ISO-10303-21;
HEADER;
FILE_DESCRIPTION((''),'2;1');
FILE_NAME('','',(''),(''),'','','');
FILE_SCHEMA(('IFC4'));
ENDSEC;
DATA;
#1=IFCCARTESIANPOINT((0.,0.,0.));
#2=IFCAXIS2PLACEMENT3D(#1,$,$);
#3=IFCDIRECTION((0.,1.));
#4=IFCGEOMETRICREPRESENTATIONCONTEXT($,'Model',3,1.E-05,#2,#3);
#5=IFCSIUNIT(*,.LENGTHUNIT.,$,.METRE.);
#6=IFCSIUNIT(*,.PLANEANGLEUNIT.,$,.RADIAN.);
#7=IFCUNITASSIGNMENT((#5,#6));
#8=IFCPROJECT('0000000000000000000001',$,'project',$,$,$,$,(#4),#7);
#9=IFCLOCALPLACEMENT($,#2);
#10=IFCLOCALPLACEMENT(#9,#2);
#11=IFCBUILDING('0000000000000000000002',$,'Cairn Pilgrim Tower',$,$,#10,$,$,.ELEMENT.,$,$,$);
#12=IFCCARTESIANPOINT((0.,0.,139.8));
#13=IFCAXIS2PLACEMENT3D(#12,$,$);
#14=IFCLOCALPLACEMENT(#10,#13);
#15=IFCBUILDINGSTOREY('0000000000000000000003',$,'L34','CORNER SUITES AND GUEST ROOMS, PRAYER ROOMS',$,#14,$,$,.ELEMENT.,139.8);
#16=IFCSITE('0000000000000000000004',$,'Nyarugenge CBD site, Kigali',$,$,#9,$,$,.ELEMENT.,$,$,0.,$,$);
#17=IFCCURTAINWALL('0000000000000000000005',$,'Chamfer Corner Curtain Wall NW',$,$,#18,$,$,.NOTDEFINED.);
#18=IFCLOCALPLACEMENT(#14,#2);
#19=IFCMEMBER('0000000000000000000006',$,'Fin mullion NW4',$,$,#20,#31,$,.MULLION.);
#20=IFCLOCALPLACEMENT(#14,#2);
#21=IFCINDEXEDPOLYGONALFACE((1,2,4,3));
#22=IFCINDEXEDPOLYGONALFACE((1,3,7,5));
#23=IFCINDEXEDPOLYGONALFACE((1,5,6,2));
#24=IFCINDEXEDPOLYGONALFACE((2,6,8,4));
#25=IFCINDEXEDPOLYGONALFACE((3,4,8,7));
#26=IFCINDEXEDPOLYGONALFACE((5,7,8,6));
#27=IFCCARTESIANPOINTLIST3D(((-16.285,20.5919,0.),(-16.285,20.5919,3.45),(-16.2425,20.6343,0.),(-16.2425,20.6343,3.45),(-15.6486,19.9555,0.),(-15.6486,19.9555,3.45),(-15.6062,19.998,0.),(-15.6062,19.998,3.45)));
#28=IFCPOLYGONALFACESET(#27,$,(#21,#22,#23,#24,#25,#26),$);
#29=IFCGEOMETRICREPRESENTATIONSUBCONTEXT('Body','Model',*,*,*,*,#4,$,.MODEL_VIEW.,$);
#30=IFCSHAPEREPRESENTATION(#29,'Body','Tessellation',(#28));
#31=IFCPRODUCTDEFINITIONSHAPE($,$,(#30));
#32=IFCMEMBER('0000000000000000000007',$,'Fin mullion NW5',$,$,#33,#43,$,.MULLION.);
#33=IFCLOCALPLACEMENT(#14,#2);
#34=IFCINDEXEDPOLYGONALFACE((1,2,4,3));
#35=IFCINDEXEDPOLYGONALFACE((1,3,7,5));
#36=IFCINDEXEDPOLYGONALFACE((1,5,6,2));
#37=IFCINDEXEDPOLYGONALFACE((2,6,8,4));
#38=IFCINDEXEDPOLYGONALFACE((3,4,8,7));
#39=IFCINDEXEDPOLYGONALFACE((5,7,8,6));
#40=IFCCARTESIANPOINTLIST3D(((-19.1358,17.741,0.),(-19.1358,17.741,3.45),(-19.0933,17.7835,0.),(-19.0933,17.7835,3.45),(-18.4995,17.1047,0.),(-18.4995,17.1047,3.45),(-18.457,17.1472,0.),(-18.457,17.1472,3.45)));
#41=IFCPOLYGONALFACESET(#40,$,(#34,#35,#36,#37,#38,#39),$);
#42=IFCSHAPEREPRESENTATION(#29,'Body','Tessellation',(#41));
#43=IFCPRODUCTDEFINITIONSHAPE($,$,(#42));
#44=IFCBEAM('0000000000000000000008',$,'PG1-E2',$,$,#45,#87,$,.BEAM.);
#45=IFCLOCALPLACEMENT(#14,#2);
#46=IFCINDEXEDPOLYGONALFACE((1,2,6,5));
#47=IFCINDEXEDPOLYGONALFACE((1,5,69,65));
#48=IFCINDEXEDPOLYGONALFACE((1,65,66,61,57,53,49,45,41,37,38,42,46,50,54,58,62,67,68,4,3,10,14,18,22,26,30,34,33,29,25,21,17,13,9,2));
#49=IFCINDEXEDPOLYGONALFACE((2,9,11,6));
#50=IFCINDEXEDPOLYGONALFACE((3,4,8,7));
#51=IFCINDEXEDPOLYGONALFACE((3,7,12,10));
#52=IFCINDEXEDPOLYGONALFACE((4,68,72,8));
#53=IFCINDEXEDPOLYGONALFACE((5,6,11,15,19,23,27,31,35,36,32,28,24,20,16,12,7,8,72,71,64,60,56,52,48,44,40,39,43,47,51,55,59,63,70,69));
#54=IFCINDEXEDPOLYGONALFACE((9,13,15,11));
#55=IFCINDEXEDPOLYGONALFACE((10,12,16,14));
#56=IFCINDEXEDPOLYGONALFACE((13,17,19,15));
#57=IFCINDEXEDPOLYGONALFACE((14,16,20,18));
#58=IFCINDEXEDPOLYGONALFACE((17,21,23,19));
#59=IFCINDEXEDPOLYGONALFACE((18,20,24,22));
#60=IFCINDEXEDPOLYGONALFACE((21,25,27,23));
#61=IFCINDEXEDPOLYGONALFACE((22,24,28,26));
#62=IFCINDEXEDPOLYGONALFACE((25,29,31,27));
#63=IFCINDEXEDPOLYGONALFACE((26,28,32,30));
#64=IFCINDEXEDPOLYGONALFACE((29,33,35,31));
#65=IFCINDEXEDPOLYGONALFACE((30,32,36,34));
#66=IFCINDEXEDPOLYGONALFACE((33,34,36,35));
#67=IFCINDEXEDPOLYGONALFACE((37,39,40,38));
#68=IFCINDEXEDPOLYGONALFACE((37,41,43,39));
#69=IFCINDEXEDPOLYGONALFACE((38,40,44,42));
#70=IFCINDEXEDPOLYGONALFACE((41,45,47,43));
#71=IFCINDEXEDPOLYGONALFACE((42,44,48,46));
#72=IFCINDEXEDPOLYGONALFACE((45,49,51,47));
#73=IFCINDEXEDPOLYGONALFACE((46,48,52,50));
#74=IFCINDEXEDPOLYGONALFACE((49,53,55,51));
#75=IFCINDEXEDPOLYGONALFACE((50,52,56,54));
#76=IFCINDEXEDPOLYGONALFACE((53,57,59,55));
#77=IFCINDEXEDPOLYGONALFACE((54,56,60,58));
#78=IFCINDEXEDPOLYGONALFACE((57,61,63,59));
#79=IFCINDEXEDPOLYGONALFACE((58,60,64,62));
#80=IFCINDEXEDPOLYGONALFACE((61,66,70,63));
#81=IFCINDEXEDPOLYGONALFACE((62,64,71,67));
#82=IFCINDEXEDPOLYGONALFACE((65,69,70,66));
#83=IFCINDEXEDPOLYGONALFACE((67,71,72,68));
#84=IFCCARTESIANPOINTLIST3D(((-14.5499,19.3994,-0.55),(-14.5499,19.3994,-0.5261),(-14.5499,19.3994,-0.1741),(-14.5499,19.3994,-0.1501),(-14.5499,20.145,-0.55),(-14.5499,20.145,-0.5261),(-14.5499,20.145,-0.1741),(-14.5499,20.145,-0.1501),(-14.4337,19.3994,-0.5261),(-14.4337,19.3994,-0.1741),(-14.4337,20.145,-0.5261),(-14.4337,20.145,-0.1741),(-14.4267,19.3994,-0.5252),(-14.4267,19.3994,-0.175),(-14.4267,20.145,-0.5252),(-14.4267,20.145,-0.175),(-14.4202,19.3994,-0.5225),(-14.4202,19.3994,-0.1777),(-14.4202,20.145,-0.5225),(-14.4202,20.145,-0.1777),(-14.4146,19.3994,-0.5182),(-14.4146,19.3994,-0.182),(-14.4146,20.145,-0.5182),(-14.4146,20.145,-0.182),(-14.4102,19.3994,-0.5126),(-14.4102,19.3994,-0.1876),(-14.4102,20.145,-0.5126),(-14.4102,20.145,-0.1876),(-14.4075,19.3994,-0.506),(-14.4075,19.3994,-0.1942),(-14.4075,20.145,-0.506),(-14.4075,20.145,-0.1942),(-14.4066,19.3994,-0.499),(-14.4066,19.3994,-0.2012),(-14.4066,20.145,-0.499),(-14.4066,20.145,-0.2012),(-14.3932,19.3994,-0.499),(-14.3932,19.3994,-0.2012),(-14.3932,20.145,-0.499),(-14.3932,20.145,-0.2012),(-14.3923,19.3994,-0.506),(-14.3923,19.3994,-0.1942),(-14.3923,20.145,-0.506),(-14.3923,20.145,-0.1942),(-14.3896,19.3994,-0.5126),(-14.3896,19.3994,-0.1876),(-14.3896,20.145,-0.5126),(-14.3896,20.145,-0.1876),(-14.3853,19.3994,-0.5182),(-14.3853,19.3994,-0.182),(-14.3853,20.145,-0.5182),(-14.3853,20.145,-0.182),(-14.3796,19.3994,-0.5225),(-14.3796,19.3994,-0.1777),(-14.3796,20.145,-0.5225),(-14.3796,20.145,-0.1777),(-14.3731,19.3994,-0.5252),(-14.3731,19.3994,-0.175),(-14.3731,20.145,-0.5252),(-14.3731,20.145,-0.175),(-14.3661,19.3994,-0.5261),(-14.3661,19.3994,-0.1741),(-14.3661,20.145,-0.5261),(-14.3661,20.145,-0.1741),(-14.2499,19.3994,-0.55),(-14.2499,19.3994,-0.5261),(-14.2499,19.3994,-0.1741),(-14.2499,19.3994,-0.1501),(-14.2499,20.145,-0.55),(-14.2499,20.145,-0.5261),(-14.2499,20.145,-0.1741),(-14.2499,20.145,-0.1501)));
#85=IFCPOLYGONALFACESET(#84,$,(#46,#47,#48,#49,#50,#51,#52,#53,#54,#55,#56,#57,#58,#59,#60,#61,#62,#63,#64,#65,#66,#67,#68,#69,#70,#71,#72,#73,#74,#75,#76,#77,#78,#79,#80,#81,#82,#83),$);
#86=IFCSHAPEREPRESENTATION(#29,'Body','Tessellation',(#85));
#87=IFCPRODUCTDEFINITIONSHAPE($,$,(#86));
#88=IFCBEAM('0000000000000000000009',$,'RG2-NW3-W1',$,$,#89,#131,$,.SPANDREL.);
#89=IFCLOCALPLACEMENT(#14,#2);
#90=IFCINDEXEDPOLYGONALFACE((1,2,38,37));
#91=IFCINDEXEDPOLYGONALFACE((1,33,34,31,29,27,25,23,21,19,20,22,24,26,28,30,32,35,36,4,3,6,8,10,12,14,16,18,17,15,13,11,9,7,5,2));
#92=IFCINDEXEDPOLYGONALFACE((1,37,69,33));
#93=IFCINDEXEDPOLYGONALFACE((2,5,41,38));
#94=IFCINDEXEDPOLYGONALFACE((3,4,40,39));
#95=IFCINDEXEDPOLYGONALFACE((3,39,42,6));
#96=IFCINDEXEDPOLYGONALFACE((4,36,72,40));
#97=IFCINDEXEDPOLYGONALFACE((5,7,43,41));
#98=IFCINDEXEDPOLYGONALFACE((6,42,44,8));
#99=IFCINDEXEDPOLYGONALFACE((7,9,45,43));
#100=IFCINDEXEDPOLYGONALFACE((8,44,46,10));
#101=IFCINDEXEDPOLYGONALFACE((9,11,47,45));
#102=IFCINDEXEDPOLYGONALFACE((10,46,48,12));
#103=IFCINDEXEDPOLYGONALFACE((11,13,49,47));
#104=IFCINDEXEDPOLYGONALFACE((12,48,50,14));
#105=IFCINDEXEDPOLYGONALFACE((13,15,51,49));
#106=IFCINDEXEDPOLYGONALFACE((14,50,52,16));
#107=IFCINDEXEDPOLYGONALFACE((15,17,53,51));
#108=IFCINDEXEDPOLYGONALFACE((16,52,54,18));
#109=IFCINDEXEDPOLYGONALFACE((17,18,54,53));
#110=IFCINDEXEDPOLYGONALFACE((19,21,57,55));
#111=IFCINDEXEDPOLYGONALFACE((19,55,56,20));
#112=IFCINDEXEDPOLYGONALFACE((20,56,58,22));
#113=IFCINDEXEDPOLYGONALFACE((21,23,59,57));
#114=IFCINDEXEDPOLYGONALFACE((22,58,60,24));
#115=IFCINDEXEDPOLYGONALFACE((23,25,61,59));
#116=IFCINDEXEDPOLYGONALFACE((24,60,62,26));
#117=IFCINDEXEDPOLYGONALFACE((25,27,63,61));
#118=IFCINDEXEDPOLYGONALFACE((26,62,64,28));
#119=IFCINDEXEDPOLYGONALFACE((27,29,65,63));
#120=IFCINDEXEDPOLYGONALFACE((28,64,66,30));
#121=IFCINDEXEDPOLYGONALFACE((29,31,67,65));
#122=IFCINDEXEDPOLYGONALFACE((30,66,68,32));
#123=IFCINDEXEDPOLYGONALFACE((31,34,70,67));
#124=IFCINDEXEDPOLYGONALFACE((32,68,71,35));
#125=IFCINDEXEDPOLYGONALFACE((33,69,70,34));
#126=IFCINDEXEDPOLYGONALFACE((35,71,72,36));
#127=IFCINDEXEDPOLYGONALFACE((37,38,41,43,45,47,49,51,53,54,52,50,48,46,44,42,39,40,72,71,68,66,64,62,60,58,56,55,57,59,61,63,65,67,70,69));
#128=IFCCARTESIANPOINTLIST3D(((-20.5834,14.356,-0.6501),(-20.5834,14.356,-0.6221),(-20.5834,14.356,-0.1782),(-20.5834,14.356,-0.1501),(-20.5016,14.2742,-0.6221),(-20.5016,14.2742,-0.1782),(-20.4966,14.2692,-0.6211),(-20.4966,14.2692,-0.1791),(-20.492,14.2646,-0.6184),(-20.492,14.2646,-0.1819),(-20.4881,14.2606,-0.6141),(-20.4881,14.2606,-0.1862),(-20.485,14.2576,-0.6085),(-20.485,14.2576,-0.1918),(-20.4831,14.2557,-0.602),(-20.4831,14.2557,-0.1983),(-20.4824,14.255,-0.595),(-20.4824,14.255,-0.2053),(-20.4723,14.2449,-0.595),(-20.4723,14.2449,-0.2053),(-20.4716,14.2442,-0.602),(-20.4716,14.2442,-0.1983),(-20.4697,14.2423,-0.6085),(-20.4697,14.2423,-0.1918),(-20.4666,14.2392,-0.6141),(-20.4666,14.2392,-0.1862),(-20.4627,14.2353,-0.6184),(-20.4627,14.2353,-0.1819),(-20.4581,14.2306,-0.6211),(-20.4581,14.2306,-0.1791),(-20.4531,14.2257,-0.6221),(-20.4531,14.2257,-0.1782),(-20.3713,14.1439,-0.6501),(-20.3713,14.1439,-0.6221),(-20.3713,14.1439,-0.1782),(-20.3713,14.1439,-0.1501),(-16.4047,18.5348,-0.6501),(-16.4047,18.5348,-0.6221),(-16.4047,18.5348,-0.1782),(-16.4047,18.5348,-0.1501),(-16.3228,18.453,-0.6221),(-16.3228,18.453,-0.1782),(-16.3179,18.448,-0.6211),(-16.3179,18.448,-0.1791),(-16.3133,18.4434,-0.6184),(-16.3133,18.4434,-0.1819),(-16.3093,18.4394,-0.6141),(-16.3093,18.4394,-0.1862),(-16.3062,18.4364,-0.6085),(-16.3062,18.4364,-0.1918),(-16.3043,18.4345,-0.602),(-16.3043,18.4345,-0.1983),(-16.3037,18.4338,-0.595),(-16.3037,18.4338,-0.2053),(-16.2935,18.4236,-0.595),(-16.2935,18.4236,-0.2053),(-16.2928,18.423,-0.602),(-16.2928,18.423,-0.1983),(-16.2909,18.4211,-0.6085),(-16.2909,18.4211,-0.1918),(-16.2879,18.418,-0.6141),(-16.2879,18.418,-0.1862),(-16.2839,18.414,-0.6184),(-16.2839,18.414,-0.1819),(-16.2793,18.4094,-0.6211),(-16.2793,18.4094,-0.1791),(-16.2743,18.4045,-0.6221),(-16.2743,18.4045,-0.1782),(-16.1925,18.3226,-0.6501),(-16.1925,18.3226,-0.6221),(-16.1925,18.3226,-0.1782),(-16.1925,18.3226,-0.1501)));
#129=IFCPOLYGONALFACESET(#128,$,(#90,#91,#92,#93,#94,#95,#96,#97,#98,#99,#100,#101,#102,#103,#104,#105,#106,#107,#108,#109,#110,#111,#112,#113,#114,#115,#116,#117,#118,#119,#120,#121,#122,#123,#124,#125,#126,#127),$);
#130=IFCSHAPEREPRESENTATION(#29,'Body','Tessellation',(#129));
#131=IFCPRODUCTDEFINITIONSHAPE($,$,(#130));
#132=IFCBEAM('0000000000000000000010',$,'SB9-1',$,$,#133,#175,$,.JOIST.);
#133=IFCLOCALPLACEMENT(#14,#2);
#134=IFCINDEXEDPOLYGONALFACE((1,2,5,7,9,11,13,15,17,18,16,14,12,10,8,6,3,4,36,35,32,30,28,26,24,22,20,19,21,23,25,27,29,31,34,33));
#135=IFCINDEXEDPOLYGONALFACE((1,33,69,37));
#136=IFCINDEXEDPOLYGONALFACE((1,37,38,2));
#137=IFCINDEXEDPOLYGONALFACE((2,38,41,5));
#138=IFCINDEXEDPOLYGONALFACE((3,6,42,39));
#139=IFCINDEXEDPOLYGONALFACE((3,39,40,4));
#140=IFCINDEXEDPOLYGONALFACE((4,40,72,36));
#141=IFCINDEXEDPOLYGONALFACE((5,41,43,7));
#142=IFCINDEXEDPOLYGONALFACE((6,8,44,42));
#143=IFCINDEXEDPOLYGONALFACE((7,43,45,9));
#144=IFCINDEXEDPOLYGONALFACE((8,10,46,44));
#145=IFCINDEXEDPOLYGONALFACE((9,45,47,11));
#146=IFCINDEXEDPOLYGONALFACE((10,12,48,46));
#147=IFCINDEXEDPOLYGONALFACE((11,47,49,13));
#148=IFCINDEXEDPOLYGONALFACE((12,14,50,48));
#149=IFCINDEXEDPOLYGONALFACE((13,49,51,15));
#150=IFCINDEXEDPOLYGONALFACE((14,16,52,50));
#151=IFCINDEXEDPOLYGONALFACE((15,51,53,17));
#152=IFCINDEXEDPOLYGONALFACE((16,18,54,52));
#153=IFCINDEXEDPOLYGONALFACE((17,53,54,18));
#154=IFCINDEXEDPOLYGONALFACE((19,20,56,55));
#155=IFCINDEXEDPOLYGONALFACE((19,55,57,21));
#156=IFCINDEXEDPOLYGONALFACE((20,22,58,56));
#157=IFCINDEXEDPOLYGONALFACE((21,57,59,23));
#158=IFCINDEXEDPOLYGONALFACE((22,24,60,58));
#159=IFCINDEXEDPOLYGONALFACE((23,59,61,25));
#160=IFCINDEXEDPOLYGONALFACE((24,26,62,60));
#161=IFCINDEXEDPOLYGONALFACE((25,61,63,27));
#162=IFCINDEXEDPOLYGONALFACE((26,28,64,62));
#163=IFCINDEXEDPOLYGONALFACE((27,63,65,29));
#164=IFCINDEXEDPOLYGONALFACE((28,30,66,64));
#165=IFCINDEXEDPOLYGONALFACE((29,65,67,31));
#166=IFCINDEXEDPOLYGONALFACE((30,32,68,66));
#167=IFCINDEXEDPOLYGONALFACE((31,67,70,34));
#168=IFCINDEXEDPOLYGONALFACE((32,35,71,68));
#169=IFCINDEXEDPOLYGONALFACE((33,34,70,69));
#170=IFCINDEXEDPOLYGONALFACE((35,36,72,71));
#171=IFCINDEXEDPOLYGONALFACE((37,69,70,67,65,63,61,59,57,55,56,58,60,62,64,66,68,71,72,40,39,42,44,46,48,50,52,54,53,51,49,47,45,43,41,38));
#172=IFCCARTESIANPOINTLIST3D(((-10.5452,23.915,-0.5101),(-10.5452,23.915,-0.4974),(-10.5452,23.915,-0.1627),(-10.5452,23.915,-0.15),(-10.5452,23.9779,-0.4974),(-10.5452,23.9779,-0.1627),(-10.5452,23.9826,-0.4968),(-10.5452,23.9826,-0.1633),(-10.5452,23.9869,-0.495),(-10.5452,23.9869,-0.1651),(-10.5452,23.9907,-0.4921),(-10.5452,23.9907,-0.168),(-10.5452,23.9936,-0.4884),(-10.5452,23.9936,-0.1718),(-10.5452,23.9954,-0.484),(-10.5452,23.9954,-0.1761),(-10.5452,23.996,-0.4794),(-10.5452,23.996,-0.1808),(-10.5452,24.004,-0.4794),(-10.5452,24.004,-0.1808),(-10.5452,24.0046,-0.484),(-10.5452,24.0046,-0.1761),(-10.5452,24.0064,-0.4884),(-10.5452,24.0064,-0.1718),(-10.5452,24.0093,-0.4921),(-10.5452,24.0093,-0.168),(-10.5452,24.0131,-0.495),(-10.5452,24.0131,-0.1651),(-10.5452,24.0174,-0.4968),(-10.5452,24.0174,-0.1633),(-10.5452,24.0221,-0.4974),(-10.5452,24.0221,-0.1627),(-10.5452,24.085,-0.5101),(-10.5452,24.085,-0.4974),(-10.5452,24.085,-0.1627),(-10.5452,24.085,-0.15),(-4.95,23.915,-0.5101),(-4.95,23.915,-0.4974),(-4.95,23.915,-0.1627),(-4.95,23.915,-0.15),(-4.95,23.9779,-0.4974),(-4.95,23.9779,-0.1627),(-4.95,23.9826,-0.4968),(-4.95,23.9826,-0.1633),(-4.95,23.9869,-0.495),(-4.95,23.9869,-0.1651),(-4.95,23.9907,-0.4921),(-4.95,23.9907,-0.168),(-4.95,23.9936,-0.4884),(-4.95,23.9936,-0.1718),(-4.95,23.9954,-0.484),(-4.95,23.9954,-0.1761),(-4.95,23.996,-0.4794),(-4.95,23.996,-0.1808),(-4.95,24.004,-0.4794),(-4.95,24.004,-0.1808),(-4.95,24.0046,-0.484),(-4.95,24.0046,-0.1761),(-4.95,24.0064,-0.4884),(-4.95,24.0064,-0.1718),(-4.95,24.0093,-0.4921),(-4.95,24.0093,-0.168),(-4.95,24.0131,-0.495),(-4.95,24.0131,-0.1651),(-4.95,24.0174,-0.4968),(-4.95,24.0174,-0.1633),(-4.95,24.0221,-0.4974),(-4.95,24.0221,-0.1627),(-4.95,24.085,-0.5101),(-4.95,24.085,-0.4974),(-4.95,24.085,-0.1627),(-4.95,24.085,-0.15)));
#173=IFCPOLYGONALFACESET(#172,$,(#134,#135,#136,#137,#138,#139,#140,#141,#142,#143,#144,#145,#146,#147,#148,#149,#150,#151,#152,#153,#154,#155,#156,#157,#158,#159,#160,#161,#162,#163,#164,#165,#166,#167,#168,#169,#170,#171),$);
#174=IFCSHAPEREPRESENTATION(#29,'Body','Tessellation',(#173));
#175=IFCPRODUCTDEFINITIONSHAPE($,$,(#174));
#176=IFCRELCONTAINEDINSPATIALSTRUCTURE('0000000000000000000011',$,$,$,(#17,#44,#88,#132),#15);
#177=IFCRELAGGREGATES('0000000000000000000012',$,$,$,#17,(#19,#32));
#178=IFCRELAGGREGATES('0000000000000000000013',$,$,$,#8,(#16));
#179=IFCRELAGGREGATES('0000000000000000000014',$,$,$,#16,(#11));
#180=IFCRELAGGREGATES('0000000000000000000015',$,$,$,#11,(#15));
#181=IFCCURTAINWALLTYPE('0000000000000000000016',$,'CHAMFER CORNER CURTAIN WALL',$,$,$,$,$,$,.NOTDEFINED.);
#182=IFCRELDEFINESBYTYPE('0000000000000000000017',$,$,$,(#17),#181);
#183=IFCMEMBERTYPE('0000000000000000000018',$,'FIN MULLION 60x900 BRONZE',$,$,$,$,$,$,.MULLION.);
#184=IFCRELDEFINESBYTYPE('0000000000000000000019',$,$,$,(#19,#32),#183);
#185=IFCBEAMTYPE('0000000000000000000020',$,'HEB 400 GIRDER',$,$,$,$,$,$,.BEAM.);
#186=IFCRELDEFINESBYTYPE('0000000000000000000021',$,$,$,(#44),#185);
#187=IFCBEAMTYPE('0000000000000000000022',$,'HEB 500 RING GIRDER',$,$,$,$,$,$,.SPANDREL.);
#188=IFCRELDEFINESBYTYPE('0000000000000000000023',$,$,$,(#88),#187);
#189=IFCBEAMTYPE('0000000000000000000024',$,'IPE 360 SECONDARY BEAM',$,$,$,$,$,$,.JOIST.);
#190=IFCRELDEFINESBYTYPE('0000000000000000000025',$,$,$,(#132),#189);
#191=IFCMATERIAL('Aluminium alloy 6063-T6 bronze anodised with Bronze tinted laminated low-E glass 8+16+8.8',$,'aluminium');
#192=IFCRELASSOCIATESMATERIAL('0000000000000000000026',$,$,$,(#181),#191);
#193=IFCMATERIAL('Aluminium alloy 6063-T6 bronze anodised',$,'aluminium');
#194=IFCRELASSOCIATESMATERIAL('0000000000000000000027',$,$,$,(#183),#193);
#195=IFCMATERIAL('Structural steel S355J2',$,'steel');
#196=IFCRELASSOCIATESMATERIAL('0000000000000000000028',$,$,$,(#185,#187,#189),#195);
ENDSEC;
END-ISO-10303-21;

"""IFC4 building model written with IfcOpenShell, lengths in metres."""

from ifc_helpers import new_model, si_unit, direction, frame, origin, origin_2d, place, context, subcontext, project, spatial, rectangle, i_section, extrude, material, material_profile, profile_set, type_object, element, aggregate, save


model = new_model("IFC4")

# Units and contexts
model_context = context("Model", 3, precision=1e-05, world=origin(), true_north=direction((0.0, 1.0)))
body_context = subcontext(model_context, "Body", "Model", "MODEL_VIEW")
ifc_project = project(units=[si_unit("LENGTHUNIT", "METRE"), si_unit("PLANEANGLEUNIT", "RADIAN")], contexts=[model_context])

# Site, building, storey
site_placement = place(None, origin())
site = spatial("IfcSite", under=ifc_project, at=site_placement, Name="Nyarugenge CBD site, Kigali", CompositionType="ELEMENT", RefElevation=0.0)
building_placement = place(site_placement, origin())
building = spatial("IfcBuilding", under=site, at=building_placement, Name="Cairn Pilgrim Tower", CompositionType="ELEMENT")
storey_placement = place(building_placement, frame((0.0, 0.0, 139.8)))
storey = spatial("IfcBuildingStorey", under=building, at=storey_placement, Name="L34", Description="CORNER SUITES AND GUEST ROOMS, PRAYER ROOMS", CompositionType="ELEMENT", Elevation=139.8)

# Shared definitions
ifc_material_1 = material(Name="Structural steel S355J2", Category="steel")

# Curtain wall, members
ifc_material_2 = material(Name="Aluminium alloy 6063-T6 bronze anodised with Bronze tinted laminated low-E glass 8+16+8.8", Category="aluminium")
curtain_wall_type = type_object("IfcCurtainWallType", Name="CHAMFER CORNER CURTAIN WALL", PredefinedType="NOTDEFINED", material=ifc_material_2)
curtain_wall_placement = place(storey_placement, origin())
curtain_wall = element("IfcCurtainWall", 1, at=curtain_wall_placement, inside=storey, type_object=curtain_wall_type, Name="Chamfer Corner Curtain Wall NW", PredefinedType="NOTDEFINED")
ifc_material_3 = material(Name="Aluminium alloy 6063-T6 bronze anodised", Category="aluminium")
ifc_material_profile_1 = material_profile(ifc_material_3, rectangle(XDim=0.8999, YDim=0.0601, at=origin_2d()), Name="FIN MULLION 60x900 BRONZE")
ifc_profile_set_1 = profile_set([ifc_material_profile_1], Name="Aluminium alloy 6063-T6 bronze anodised")
member_type_1 = type_object("IfcMemberType", Name="FIN MULLION 60x900 BRONZE", PredefinedType="MULLION", material=ifc_profile_set_1)
member_1_placement = place(storey_placement, frame((-15.9456, 20.2949, 0.0), z_axis=(0.0, 0.0, 1.0), x_axis=(-0.707107, 0.707107, 0.0)))
member_1 = element("IfcMember", 2, at=member_1_placement, type_object=member_type_1, Name="Fin mullion NW4", PredefinedType="MULLION", context=body_context, shape_type="SweptSolid", body=[
    extrude(rectangle(XDim=0.8999, YDim=0.0601, at=origin_2d()), origin(), (0.0, 0.0, 1.0), 3.45),
])
member_2_placement = place(storey_placement, frame((-18.7964, 17.4441, 0.0), z_axis=(0.0, 0.0, 1.0), x_axis=(-0.707107, 0.707107, 0.0)))
member_2 = element("IfcMember", 3, at=member_2_placement, type_object=member_type_1, Name="Fin mullion NW5", PredefinedType="MULLION", context=body_context, shape_type="SweptSolid", body=[
    extrude(rectangle(XDim=0.8999, YDim=0.0601, at=origin_2d()), origin(), (0.0, 0.0, 1.0), 3.45),
])

# Beams
ifc_material_profile_2 = material_profile(ifc_material_1, i_section(OverallWidth=0.3, OverallDepth=0.3999, WebThickness=0.0134, FlangeThickness=0.0239, FilletRadius=0.0271, at=origin_2d()), Name="HEB 400")
ifc_profile_set_2 = profile_set([ifc_material_profile_2], Name="Structural steel S355J2")
beam_type_1 = type_object("IfcBeamType", Name="HEB 400 GIRDER", PredefinedType="BEAM", material=ifc_profile_set_2)
beam_1_placement = place(storey_placement, frame((-14.3999, 19.3994, -0.3501), z_axis=(0.0, 1.0, 0.0), x_axis=(-1.0, 0.0, 0.0)))
element("IfcBeam", 4, at=beam_1_placement, inside=storey, type_object=beam_type_1, Name="PG1-E2", PredefinedType="BEAM", context=body_context, shape_type="SweptSolid", body=[
    extrude(i_section(OverallWidth=0.3, OverallDepth=0.3999, WebThickness=0.0134, FlangeThickness=0.0239, FilletRadius=0.0271, at=origin_2d()), origin(), (0.0, 0.0, 1.0), 0.7456),
])
ifc_material_profile_3 = material_profile(ifc_material_1, i_section(OverallWidth=0.3, OverallDepth=0.5, WebThickness=0.0144, FlangeThickness=0.0281, FilletRadius=0.0271, at=origin_2d()), Name="HEB 500")
ifc_profile_set_3 = profile_set([ifc_material_profile_3], Name="Structural steel S355J2")
beam_type_2 = type_object("IfcBeamType", Name="HEB 500 RING GIRDER", PredefinedType="SPANDREL", material=ifc_profile_set_3)
beam_2_placement = place(storey_placement, frame((-16.2986, 18.4287, -0.4001), z_axis=(-0.707107, -0.707107, 0.0), x_axis=(0.707107, -0.707107, 0.0)))
element("IfcBeam", 5, at=beam_2_placement, inside=storey, type_object=beam_type_2, Name="RG2-NW3-W1", PredefinedType="SPANDREL", context=body_context, shape_type="SweptSolid", body=[
    extrude(i_section(OverallWidth=0.3, OverallDepth=0.5, WebThickness=0.0144, FlangeThickness=0.0281, FilletRadius=0.0271, at=origin_2d()), origin(), (0.0, 0.0, 1.0), 5.9097),
])
ifc_material_profile_4 = material_profile(ifc_material_1, i_section(OverallWidth=0.1699, OverallDepth=0.3601, WebThickness=0.0081, FlangeThickness=0.0127, FilletRadius=0.0181, at=origin_2d()), Name="IPE 360")
ifc_profile_set_4 = profile_set([ifc_material_profile_4], Name="Structural steel S355J2")
beam_type_3 = type_object("IfcBeamType", Name="IPE 360 SECONDARY BEAM", PredefinedType="JOIST", material=ifc_profile_set_4)
beam_3_placement = place(storey_placement, frame((-10.5452, 24.0, -0.3301), z_axis=(1.0, 0.0, 0.0), x_axis=(0.0, 1.0, 0.0)))
element("IfcBeam", 6, at=beam_3_placement, inside=storey, type_object=beam_type_3, Name="SB9-1", PredefinedType="JOIST", context=body_context, shape_type="SweptSolid", body=[
    extrude(i_section(OverallWidth=0.1699, OverallDepth=0.3601, WebThickness=0.0081, FlangeThickness=0.0127, FilletRadius=0.0181, at=origin_2d()), origin(), (0.0, 0.0, 1.0), 5.5952),
])

aggregate(curtain_wall, [member_1, member_2])

save(model, "model.ifc")
